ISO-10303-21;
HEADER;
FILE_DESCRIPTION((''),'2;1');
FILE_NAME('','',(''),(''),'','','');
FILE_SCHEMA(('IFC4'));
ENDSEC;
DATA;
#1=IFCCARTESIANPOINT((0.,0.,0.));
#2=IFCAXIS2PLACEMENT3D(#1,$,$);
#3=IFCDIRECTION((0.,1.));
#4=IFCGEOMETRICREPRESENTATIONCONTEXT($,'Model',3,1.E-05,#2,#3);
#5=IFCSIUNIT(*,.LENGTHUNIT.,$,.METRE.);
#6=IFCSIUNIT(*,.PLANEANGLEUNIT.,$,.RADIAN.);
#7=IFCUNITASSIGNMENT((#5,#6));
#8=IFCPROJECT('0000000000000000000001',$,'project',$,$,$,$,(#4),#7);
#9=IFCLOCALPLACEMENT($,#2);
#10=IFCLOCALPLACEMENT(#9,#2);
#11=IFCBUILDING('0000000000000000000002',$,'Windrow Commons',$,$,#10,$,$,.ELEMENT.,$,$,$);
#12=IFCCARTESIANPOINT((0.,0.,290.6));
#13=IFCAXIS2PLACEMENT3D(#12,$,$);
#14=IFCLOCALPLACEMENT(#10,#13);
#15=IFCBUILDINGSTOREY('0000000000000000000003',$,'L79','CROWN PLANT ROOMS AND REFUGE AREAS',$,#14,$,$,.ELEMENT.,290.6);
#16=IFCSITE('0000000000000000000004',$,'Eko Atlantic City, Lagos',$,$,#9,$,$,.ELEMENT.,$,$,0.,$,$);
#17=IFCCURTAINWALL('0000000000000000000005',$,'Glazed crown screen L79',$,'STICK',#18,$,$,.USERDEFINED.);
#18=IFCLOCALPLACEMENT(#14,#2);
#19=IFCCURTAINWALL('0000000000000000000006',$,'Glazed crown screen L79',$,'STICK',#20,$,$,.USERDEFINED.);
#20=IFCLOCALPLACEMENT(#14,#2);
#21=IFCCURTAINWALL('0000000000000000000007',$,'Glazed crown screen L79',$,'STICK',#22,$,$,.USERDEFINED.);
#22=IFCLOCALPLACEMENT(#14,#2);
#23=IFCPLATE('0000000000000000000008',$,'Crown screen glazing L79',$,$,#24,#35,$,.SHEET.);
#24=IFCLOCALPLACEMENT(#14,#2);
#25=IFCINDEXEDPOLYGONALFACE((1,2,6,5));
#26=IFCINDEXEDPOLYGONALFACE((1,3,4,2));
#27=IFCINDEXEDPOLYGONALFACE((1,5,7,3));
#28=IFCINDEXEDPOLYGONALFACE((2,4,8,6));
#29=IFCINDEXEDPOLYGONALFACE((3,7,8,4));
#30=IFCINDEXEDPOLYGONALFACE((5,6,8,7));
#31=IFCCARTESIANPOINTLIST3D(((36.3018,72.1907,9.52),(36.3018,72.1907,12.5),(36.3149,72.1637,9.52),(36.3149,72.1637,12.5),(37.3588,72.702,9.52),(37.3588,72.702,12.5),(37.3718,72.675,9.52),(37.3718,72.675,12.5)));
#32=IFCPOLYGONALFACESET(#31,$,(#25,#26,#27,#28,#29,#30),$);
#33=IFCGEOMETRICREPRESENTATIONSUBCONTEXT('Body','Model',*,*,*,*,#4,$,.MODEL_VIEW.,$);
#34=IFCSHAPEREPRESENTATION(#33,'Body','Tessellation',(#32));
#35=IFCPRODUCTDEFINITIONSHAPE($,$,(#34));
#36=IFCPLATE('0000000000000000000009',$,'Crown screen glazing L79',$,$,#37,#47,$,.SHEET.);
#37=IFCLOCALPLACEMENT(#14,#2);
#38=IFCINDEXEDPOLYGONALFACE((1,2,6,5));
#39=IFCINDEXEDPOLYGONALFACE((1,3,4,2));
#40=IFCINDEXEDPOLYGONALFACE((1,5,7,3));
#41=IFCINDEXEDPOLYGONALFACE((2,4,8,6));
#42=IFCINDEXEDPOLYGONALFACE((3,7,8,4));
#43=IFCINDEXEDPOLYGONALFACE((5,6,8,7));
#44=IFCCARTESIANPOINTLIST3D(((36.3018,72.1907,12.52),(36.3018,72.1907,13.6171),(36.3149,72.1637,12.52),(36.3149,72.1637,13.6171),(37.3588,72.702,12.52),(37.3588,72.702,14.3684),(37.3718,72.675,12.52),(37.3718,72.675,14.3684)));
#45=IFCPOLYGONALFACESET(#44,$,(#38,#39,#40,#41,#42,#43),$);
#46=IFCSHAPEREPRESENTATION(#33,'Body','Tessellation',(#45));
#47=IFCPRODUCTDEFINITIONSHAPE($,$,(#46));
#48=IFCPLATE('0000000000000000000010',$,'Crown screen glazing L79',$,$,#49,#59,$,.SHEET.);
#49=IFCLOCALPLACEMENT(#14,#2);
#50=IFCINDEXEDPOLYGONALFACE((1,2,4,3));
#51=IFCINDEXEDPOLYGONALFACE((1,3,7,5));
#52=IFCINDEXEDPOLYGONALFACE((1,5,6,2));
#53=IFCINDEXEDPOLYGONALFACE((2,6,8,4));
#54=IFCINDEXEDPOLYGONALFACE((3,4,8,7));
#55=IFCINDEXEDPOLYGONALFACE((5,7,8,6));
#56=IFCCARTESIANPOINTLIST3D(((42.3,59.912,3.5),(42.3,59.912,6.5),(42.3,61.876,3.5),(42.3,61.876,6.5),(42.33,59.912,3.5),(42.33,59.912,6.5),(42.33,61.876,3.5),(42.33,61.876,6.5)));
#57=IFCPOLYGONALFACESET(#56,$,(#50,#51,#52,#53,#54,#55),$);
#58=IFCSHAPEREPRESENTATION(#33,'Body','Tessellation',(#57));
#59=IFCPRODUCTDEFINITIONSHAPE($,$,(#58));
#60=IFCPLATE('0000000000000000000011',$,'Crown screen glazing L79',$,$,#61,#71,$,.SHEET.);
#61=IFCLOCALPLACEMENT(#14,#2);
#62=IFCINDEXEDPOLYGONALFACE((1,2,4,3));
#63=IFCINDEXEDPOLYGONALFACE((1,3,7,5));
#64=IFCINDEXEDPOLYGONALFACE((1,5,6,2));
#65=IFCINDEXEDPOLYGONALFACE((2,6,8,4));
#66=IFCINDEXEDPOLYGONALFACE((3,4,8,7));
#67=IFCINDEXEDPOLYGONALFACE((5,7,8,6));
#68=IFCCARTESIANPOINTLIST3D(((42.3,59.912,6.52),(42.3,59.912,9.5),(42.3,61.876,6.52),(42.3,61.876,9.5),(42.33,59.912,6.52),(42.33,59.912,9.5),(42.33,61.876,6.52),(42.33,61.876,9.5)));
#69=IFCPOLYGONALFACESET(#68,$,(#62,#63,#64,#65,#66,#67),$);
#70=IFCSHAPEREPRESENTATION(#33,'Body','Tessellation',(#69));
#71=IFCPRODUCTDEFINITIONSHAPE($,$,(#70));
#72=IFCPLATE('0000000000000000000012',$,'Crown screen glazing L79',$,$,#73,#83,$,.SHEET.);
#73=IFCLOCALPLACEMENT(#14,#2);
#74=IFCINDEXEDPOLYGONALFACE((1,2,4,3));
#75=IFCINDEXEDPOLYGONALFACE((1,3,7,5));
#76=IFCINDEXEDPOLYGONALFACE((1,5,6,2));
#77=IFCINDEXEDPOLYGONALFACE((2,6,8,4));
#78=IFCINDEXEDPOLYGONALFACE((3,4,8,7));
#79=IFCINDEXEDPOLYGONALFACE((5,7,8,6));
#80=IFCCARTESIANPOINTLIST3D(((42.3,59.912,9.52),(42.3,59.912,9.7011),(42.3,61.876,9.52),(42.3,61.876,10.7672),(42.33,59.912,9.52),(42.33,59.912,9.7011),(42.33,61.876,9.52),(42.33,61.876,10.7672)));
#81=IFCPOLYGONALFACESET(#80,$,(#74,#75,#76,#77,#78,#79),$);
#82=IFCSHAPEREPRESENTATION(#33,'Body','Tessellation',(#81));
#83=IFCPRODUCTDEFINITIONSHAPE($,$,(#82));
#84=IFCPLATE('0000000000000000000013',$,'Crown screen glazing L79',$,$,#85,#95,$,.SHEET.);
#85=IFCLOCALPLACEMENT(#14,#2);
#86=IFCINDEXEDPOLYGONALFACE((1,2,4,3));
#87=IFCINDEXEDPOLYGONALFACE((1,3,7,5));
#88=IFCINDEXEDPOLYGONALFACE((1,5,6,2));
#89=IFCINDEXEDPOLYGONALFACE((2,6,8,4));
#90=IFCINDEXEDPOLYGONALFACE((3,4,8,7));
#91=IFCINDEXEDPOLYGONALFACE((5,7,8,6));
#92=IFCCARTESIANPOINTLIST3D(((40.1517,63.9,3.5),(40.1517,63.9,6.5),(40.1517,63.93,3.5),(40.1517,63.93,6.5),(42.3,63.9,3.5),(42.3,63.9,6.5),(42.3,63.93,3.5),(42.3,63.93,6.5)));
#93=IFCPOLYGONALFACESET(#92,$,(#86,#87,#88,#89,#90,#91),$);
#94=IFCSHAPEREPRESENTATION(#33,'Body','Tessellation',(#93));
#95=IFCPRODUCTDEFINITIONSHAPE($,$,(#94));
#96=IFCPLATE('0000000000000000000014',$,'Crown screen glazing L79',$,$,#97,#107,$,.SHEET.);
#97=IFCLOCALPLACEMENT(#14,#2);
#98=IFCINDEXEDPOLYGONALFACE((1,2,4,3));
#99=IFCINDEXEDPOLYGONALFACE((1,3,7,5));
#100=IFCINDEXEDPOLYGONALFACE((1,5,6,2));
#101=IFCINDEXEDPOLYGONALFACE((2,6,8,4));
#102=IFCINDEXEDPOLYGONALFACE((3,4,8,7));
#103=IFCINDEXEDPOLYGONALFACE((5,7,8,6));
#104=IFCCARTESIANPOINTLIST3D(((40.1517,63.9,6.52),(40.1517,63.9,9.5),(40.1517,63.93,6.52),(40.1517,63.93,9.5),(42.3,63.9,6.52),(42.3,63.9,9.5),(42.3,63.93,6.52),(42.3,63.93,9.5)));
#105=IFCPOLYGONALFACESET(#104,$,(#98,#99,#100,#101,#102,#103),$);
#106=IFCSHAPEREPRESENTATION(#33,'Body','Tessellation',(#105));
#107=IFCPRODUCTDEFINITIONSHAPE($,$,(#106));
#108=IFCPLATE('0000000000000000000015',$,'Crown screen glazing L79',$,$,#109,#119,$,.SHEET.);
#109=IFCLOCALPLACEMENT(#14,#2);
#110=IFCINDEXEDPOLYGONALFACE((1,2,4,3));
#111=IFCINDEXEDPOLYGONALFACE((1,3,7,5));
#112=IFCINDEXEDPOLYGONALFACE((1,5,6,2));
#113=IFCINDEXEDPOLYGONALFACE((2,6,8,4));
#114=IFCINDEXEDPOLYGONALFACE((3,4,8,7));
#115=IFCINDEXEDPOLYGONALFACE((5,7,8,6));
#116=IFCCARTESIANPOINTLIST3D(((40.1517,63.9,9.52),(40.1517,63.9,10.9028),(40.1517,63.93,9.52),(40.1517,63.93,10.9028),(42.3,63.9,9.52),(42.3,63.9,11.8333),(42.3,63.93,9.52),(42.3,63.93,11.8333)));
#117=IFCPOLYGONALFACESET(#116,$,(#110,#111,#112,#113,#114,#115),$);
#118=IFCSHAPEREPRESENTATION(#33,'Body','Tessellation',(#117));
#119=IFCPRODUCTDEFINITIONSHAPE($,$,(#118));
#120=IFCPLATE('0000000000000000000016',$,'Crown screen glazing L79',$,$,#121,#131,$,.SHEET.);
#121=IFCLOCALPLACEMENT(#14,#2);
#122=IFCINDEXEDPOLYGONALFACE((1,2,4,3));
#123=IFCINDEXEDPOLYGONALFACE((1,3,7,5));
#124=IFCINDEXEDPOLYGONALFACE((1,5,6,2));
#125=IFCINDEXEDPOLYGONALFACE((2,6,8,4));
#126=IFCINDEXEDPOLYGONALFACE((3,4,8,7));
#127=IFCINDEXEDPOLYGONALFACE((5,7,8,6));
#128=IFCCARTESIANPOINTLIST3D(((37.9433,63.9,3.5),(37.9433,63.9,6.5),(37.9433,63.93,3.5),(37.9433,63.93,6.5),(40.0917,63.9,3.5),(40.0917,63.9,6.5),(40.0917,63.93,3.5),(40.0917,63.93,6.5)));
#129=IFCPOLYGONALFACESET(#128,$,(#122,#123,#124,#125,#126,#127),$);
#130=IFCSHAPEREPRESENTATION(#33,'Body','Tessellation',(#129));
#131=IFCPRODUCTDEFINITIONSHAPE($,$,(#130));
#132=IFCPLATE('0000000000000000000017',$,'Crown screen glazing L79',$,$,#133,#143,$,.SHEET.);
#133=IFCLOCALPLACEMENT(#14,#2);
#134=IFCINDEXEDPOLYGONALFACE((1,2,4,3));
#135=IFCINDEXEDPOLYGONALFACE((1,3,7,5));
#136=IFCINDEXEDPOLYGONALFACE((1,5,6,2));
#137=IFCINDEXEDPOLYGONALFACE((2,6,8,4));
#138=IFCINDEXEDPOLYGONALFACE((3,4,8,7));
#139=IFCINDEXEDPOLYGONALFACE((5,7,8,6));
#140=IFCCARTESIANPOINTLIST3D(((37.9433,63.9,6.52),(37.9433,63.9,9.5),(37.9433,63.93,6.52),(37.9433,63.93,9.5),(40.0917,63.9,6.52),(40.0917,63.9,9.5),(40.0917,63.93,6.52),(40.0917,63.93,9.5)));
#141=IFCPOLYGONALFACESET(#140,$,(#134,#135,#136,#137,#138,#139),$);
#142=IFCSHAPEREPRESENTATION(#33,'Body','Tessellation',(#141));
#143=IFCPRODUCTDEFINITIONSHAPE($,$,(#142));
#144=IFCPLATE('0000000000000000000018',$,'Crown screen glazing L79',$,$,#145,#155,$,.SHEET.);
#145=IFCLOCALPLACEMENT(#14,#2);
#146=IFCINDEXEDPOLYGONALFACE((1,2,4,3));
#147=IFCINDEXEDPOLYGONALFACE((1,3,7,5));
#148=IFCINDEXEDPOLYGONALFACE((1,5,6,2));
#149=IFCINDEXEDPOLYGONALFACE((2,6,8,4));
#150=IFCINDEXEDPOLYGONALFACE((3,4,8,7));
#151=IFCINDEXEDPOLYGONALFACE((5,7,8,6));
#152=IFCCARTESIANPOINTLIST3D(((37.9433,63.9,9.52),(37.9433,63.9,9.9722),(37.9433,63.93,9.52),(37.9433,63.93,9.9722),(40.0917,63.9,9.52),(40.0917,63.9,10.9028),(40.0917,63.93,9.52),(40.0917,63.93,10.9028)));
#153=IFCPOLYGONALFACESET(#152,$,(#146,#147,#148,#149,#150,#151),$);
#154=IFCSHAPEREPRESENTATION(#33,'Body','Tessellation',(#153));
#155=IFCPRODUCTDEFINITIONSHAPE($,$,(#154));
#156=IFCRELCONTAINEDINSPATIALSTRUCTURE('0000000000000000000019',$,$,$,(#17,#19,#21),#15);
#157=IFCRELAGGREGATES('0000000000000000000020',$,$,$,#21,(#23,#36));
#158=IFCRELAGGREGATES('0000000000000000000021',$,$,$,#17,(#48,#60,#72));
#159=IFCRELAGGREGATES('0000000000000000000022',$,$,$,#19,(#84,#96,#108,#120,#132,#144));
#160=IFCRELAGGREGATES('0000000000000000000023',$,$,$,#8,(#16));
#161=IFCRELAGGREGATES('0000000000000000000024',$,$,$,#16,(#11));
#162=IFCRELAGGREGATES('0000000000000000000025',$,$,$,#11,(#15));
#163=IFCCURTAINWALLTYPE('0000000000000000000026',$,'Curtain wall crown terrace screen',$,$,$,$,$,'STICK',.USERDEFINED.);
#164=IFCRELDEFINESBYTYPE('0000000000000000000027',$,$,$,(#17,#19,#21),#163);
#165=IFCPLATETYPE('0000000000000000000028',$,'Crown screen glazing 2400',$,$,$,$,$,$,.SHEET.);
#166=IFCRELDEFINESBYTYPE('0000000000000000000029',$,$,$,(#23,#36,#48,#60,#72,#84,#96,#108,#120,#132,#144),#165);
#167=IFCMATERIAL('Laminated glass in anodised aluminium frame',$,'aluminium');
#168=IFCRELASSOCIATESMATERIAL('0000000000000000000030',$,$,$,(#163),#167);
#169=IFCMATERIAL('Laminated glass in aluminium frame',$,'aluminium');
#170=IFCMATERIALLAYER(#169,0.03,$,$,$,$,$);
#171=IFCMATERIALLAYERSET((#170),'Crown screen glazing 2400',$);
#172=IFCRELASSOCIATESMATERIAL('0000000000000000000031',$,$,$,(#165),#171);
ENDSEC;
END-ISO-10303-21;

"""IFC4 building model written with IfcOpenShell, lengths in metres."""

from ifc_helpers import new_model, si_unit, direction, frame, origin, place, context, subcontext, project, spatial, polyline, outline, extrude, material, layer, layer_set, type_object, element, aggregate, save


model = new_model("IFC4")

# Units and contexts
model_context = context("Model", 3, precision=1e-05, world=origin(), true_north=direction((0.0, 1.0)))
body_context = subcontext(model_context, "Body", "Model", "MODEL_VIEW")
ifc_project = project(units=[si_unit("LENGTHUNIT", "METRE"), si_unit("PLANEANGLEUNIT", "RADIAN")], contexts=[model_context])

# Site, building, storey
site_placement = place(None, origin())
site = spatial("IfcSite", under=ifc_project, at=site_placement, Name="Eko Atlantic City, Lagos", CompositionType="ELEMENT", RefElevation=0.0)
building_placement = place(site_placement, origin())
building = spatial("IfcBuilding", under=site, at=building_placement, Name="Windrow Commons", CompositionType="ELEMENT")
storey_placement = place(building_placement, frame((0.0, 0.0, 290.6)))
storey = spatial("IfcBuildingStorey", under=building, at=storey_placement, Name="L79", Description="CROWN PLANT ROOMS AND REFUGE AREAS", CompositionType="ELEMENT", Elevation=290.6)

# Curtain walls
ifc_material_1 = material(Name="Laminated glass in anodised aluminium frame", Category="aluminium")
curtain_wall_type = type_object("IfcCurtainWallType", Name="Curtain wall crown terrace screen", ElementType="STICK", PredefinedType="USERDEFINED", material=ifc_material_1)
placement = place(storey_placement, origin())
curtain_wall_1 = element("IfcCurtainWall", 1, at=placement, inside=storey, type_object=curtain_wall_type, Name="Glazed crown screen L79", ObjectType="STICK", PredefinedType="USERDEFINED")
curtain_wall_2 = element("IfcCurtainWall", 2, at=placement, inside=storey, type_object=curtain_wall_type, Name="Glazed crown screen L79", ObjectType="STICK", PredefinedType="USERDEFINED")

# Shared definitions
ifc_material_2 = material(Name="Laminated glass in aluminium frame", Category="aluminium")
ifc_layer_1 = layer(ifc_material_2, 0.03)
ifc_layer_set_1 = layer_set([ifc_layer_1], Name="Crown screen glazing 2400")
plate_type_1 = type_object("IfcPlateType", Name="Crown screen glazing 2400", PredefinedType="SHEET", material=ifc_layer_set_1)

# Curtain wall, plates
curtain_wall_3 = element("IfcCurtainWall", 3, at=placement, inside=storey, type_object=curtain_wall_type, Name="Glazed crown screen L79", ObjectType="STICK", PredefinedType="USERDEFINED")
plate_1_placement = place(storey_placement, frame((36.3149, 72.1637, 9.52), z_axis=(0.43549, -0.900194, 0.0), x_axis=(0.900194, 0.43549, 0.0)))
plate_1 = element("IfcPlate", 4, at=plate_1_placement, type_object=plate_type_1, Name="Crown screen glazing L79", PredefinedType="SHEET", context=body_context, shape_type="SweptSolid", body=[
    extrude(outline(polyline([(0.0, 0.0), (1.1741, 0.0), (1.1741, 2.98), (0.0, 2.98), (0.0, 0.0)])), origin(), (0.0, 0.0, -1.0), 0.03),
])
plate_2_placement = place(storey_placement, frame((36.3149, 72.1637, 12.52), z_axis=(0.43549, -0.900194, 0.0), x_axis=(0.900194, 0.43549, 0.0)))
plate_2 = element("IfcPlate", 5, at=plate_2_placement, type_object=plate_type_1, Name="Crown screen glazing L79", PredefinedType="SHEET", context=body_context, shape_type="SweptSolid", body=[
    extrude(outline(polyline([(0.0, 0.0), (1.1741, 0.0), (1.1741, 1.8484), (0.0, 1.0971), (0.0, 0.0)])), origin(), (0.0, 0.0, -1.0), 0.03),
])
aggregate(curtain_wall_3, [plate_1, plate_2])

# Plates
plate_3_placement = place(storey_placement, frame((42.33, 59.912, 3.5), z_axis=(1.0, 0.0, 0.0), x_axis=(0.0, 1.0, 0.0)))
plate_3 = element("IfcPlate", 6, at=plate_3_placement, type_object=plate_type_1, Name="Crown screen glazing L79", PredefinedType="SHEET", context=body_context, shape_type="SweptSolid", body=[
    extrude(outline(polyline([(0.0, 0.0), (1.964, 0.0), (1.964, 3.0), (0.0, 3.0), (0.0, 0.0)])), origin(), (0.0, 0.0, -1.0), 0.03),
])
plate_4_placement = place(storey_placement, frame((42.33, 59.912, 6.52), z_axis=(1.0, 0.0, 0.0), x_axis=(0.0, 1.0, 0.0)))
plate_4 = element("IfcPlate", 7, at=plate_4_placement, type_object=plate_type_1, Name="Crown screen glazing L79", PredefinedType="SHEET", context=body_context, shape_type="SweptSolid", body=[
    extrude(outline(polyline([(0.0, 0.0), (1.964, 0.0), (1.964, 2.98), (0.0, 2.98), (0.0, 0.0)])), origin(), (0.0, 0.0, -1.0), 0.03),
])
plate_5_placement = place(storey_placement, frame((42.33, 59.912, 9.52), z_axis=(1.0, 0.0, 0.0), x_axis=(0.0, 1.0, 0.0)))
plate_5 = element("IfcPlate", 8, at=plate_5_placement, type_object=plate_type_1, Name="Crown screen glazing L79", PredefinedType="SHEET", context=body_context, shape_type="SweptSolid", body=[
    extrude(outline(polyline([(0.0, 0.0), (1.964, 0.0), (1.964, 1.2472), (0.0, 0.1811), (0.0, 0.0)])), origin(), (0.0, 0.0, -1.0), 0.03),
])
aggregate(curtain_wall_1, [plate_3, plate_4, plate_5])
plate_6_placement = place(storey_placement, frame((42.3, 63.93, 3.5), z_axis=(0.0, 1.0, 0.0), x_axis=(-1.0, 0.0, 0.0)))
plate_6 = element("IfcPlate", 9, at=plate_6_placement, type_object=plate_type_1, Name="Crown screen glazing L79", PredefinedType="SHEET", context=body_context, shape_type="SweptSolid", body=[
    extrude(outline(polyline([(0.0, 0.0), (2.1483, 0.0), (2.1483, 3.0), (0.0, 3.0), (0.0, 0.0)])), origin(), (0.0, 0.0, -1.0), 0.03),
])
plate_7_placement = place(storey_placement, frame((42.3, 63.93, 6.52), z_axis=(0.0, 1.0, 0.0), x_axis=(-1.0, 0.0, 0.0)))
plate_7 = element("IfcPlate", 10, at=plate_7_placement, type_object=plate_type_1, Name="Crown screen glazing L79", PredefinedType="SHEET", context=body_context, shape_type="SweptSolid", body=[
    extrude(outline(polyline([(0.0, 0.0), (2.1483, 0.0), (2.1483, 2.98), (0.0, 2.98), (0.0, 0.0)])), origin(), (0.0, 0.0, -1.0), 0.03),
])
plate_8_placement = place(storey_placement, frame((42.3, 63.93, 9.52), z_axis=(0.0, 1.0, 0.0), x_axis=(-1.0, 0.0, 0.0)))
plate_8 = element("IfcPlate", 11, at=plate_8_placement, type_object=plate_type_1, Name="Crown screen glazing L79", PredefinedType="SHEET", context=body_context, shape_type="SweptSolid", body=[
    extrude(outline(polyline([(0.0, 0.0), (2.1483, 0.0), (2.1483, 1.3828), (0.0, 2.3133), (0.0, 0.0)])), origin(), (0.0, 0.0, -1.0), 0.03),
])
plate_9_placement = place(storey_placement, frame((40.0917, 63.93, 3.5), z_axis=(0.0, 1.0, 0.0), x_axis=(-1.0, 0.0, 0.0)))
plate_9 = element("IfcPlate", 12, at=plate_9_placement, type_object=plate_type_1, Name="Crown screen glazing L79", PredefinedType="SHEET", context=body_context, shape_type="SweptSolid", body=[
    extrude(outline(polyline([(0.0, 0.0), (2.1484, 0.0), (2.1484, 3.0), (0.0, 3.0), (0.0, 0.0)])), origin(), (0.0, 0.0, -1.0), 0.03),
])
plate_10_placement = place(storey_placement, frame((40.0917, 63.93, 6.52), z_axis=(0.0, 1.0, 0.0), x_axis=(-1.0, 0.0, 0.0)))
plate_10 = element("IfcPlate", 13, at=plate_10_placement, type_object=plate_type_1, Name="Crown screen glazing L79", PredefinedType="SHEET", context=body_context, shape_type="SweptSolid", body=[
    extrude(outline(polyline([(0.0, 0.0), (2.1484, 0.0), (2.1484, 2.98), (0.0, 2.98), (0.0, 0.0)])), origin(), (0.0, 0.0, -1.0), 0.03),
])
plate_11_placement = place(storey_placement, frame((40.0917, 63.93, 9.52), z_axis=(0.0, 1.0, 0.0), x_axis=(-1.0, 0.0, 0.0)))
plate_11 = element("IfcPlate", 14, at=plate_11_placement, type_object=plate_type_1, Name="Crown screen glazing L79", PredefinedType="SHEET", context=body_context, shape_type="SweptSolid", body=[
    extrude(outline(polyline([(0.0, 0.0), (2.1484, 0.0), (2.1484, 0.4522), (0.0, 1.3828), (0.0, 0.0)])), origin(), (0.0, 0.0, -1.0), 0.03),
])
aggregate(curtain_wall_2, [plate_6, plate_7, plate_8, plate_9, plate_10, plate_11])

save(model, "model.ifc")
